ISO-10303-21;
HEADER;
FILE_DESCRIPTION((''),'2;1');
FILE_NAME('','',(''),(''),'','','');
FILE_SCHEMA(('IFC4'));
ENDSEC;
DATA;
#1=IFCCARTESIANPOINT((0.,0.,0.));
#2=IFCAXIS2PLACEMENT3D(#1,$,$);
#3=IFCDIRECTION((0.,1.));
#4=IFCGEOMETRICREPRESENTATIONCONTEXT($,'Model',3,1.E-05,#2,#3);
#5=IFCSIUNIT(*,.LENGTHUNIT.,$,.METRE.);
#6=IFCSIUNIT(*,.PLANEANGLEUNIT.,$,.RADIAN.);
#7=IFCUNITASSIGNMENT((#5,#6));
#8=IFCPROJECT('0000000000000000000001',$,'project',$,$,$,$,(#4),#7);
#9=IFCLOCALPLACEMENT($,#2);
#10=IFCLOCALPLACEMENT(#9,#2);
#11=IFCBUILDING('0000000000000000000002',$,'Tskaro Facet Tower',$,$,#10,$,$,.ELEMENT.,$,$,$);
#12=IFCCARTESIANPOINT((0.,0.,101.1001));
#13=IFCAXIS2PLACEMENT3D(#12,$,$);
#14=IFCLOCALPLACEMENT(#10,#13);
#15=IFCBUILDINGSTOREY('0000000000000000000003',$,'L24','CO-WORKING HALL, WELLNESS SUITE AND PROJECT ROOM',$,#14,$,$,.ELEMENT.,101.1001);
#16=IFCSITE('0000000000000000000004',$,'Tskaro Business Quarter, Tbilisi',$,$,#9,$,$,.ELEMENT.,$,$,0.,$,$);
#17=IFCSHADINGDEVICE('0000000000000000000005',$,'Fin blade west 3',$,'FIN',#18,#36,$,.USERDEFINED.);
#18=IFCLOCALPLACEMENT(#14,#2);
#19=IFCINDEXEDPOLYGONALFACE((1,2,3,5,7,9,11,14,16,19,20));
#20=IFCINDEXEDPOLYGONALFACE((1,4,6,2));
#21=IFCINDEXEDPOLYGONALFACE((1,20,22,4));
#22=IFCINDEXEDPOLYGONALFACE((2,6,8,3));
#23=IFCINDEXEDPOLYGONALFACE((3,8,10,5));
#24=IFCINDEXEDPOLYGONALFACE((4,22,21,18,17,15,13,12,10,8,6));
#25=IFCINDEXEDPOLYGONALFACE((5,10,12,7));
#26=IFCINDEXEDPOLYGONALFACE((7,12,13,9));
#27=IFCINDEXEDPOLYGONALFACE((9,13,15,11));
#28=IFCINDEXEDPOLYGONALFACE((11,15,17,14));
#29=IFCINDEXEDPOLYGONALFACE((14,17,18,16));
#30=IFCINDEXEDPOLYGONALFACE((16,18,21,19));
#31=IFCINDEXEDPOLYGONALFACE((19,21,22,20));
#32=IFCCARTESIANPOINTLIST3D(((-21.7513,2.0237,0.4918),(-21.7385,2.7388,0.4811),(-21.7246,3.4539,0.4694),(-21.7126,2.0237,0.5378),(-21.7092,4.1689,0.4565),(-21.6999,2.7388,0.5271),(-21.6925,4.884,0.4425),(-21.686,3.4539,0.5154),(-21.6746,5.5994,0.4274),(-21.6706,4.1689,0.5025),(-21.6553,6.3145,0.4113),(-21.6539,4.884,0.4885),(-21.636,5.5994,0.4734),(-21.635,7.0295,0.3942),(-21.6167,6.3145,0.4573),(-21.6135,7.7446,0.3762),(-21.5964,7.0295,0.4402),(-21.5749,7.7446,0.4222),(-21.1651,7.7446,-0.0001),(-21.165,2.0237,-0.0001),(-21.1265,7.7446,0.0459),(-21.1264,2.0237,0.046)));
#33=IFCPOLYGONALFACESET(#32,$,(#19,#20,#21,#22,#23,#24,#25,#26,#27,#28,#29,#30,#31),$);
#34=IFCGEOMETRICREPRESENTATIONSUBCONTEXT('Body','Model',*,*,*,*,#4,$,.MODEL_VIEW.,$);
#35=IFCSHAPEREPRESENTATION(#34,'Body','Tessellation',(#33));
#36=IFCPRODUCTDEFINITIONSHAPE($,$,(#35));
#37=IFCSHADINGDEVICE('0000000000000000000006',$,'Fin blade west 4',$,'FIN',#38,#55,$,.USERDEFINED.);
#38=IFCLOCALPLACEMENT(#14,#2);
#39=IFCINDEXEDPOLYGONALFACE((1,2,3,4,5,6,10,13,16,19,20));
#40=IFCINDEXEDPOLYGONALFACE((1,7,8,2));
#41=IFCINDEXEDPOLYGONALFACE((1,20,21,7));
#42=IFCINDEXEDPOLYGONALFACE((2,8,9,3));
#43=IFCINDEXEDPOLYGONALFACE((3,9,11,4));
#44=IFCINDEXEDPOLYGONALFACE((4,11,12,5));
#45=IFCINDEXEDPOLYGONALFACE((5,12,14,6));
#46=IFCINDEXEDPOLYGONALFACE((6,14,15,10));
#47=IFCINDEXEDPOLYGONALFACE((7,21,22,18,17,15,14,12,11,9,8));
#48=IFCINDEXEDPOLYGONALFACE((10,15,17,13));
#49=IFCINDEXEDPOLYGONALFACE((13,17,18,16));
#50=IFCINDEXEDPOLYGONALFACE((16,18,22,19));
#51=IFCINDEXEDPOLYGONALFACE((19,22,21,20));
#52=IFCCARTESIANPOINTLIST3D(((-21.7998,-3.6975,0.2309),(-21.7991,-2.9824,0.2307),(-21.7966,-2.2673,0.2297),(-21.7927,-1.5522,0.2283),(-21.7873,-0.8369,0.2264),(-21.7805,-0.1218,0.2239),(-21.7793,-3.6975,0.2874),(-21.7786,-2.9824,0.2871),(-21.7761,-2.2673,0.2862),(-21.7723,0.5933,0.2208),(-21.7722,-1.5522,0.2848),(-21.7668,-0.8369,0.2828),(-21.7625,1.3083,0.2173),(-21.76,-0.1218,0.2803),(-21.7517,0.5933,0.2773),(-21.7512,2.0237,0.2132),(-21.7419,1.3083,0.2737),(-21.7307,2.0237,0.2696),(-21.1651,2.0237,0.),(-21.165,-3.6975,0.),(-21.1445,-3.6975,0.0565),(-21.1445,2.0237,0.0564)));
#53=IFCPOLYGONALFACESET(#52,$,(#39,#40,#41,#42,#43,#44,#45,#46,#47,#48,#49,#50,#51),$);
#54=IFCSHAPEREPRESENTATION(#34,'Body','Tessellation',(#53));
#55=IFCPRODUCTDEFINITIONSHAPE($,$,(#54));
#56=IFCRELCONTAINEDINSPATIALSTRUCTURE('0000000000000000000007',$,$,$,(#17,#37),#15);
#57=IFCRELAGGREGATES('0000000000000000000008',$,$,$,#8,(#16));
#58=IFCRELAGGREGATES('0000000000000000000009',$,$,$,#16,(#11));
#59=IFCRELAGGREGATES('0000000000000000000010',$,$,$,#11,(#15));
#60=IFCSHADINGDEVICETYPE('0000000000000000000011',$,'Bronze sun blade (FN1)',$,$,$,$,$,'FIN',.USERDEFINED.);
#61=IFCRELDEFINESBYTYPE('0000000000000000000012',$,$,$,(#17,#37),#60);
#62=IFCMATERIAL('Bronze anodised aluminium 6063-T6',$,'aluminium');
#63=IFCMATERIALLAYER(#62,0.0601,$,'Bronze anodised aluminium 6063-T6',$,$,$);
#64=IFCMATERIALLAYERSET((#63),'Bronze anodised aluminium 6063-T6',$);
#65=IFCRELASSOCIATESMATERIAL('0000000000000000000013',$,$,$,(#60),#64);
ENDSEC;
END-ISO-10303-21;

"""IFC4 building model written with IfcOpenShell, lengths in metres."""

from ifc_helpers import new_model, si_unit, direction, frame, origin, place, context, subcontext, project, spatial, polyline, outline, extrude, material, layer, layer_set, type_object, element, save


model = new_model("IFC4")

# Units and contexts
model_context = context("Model", 3, precision=1e-05, world=origin(), true_north=direction((0.0, 1.0)))
body_context = subcontext(model_context, "Body", "Model", "MODEL_VIEW")
ifc_project = project(units=[si_unit("LENGTHUNIT", "METRE"), si_unit("PLANEANGLEUNIT", "RADIAN")], contexts=[model_context])

# Site, building, storey
site_placement = place(None, origin())
site = spatial("IfcSite", under=ifc_project, at=site_placement, Name="Tskaro Business Quarter, Tbilisi", CompositionType="ELEMENT", RefElevation=0.0)
building_placement = place(site_placement, origin())
building = spatial("IfcBuilding", under=site, at=building_placement, Name="Tskaro Facet Tower", CompositionType="ELEMENT")
storey_placement = place(building_placement, frame((0.0, 0.0, 101.1001)))
storey = spatial("IfcBuildingStorey", under=building, at=storey_placement, Name="L24", Description="CO-WORKING HALL, WELLNESS SUITE AND PROJECT ROOM", CompositionType="ELEMENT", Elevation=101.1001)

# Shared definitions
ifc_material_1 = material(Name="Bronze anodised aluminium 6063-T6", Category="aluminium")

# Shading devices
ifc_layer_1 = layer(ifc_material_1, 0.0601, Name="Bronze anodised aluminium 6063-T6")
ifc_layer_set_1 = layer_set([ifc_layer_1], Name="Bronze anodised aluminium 6063-T6")
shading_device_type = type_object("IfcShadingDeviceType", Name="Bronze sun blade (FN1)", ElementType="FIN", PredefinedType="USERDEFINED", material=ifc_layer_set_1)
shading_device_1_placement = place(storey_placement, frame((-21.1265, 7.7446, 0.0459), z_axis=(0.642774, 0.000012, 0.766055), x_axis=(0.000008, -1.0, 0.00001)))
element("IfcShadingDevice", 1, at=shading_device_1_placement, inside=storey, type_object=shading_device_type, Name="Fin blade west 3", ObjectType="FIN", PredefinedType="USERDEFINED", context=body_context, shape_type="SweptSolid", body=[
    extrude(outline(polyline([(0.0, 0.0), (5.7209, 0.0), (5.7209, -0.7653), (5.0059, -0.7486), (4.2908, -0.7304), (3.5757, -0.7103), (2.8606, -0.6885), (2.1453, -0.6651), (1.4302, -0.64), (0.7151, -0.6135), (0.0, -0.5854), (0.0, 0.0)])), origin(), (0.0, 0.0, -1.0), 0.0601),
])
shading_device_2_placement = place(storey_placement, frame((-21.1445, 2.0237, 0.0564), z_axis=(0.341842, 0.000012, 0.939758), x_axis=(0.000004, -1.0, 0.000011)))
element("IfcShadingDevice", 2, at=shading_device_2_placement, inside=storey, type_object=shading_device_type, Name="Fin blade west 4", ObjectType="FIN", PredefinedType="USERDEFINED", context=body_context, shape_type="SweptSolid", body=[
    extrude(outline(polyline([(0.0, 0.0), (5.7212, 0.0), (5.7212, -0.6755), (5.0061, -0.6747), (4.291, -0.6721), (3.5759, -0.6679), (2.8606, -0.6622), (2.1455, -0.6549), (1.4304, -0.6461), (0.7153, -0.6357), (0.0, -0.6237), (0.0, 0.0)])), origin(), (0.0, 0.0, -1.0), 0.0601),
])

save(model, "model.ifc")
